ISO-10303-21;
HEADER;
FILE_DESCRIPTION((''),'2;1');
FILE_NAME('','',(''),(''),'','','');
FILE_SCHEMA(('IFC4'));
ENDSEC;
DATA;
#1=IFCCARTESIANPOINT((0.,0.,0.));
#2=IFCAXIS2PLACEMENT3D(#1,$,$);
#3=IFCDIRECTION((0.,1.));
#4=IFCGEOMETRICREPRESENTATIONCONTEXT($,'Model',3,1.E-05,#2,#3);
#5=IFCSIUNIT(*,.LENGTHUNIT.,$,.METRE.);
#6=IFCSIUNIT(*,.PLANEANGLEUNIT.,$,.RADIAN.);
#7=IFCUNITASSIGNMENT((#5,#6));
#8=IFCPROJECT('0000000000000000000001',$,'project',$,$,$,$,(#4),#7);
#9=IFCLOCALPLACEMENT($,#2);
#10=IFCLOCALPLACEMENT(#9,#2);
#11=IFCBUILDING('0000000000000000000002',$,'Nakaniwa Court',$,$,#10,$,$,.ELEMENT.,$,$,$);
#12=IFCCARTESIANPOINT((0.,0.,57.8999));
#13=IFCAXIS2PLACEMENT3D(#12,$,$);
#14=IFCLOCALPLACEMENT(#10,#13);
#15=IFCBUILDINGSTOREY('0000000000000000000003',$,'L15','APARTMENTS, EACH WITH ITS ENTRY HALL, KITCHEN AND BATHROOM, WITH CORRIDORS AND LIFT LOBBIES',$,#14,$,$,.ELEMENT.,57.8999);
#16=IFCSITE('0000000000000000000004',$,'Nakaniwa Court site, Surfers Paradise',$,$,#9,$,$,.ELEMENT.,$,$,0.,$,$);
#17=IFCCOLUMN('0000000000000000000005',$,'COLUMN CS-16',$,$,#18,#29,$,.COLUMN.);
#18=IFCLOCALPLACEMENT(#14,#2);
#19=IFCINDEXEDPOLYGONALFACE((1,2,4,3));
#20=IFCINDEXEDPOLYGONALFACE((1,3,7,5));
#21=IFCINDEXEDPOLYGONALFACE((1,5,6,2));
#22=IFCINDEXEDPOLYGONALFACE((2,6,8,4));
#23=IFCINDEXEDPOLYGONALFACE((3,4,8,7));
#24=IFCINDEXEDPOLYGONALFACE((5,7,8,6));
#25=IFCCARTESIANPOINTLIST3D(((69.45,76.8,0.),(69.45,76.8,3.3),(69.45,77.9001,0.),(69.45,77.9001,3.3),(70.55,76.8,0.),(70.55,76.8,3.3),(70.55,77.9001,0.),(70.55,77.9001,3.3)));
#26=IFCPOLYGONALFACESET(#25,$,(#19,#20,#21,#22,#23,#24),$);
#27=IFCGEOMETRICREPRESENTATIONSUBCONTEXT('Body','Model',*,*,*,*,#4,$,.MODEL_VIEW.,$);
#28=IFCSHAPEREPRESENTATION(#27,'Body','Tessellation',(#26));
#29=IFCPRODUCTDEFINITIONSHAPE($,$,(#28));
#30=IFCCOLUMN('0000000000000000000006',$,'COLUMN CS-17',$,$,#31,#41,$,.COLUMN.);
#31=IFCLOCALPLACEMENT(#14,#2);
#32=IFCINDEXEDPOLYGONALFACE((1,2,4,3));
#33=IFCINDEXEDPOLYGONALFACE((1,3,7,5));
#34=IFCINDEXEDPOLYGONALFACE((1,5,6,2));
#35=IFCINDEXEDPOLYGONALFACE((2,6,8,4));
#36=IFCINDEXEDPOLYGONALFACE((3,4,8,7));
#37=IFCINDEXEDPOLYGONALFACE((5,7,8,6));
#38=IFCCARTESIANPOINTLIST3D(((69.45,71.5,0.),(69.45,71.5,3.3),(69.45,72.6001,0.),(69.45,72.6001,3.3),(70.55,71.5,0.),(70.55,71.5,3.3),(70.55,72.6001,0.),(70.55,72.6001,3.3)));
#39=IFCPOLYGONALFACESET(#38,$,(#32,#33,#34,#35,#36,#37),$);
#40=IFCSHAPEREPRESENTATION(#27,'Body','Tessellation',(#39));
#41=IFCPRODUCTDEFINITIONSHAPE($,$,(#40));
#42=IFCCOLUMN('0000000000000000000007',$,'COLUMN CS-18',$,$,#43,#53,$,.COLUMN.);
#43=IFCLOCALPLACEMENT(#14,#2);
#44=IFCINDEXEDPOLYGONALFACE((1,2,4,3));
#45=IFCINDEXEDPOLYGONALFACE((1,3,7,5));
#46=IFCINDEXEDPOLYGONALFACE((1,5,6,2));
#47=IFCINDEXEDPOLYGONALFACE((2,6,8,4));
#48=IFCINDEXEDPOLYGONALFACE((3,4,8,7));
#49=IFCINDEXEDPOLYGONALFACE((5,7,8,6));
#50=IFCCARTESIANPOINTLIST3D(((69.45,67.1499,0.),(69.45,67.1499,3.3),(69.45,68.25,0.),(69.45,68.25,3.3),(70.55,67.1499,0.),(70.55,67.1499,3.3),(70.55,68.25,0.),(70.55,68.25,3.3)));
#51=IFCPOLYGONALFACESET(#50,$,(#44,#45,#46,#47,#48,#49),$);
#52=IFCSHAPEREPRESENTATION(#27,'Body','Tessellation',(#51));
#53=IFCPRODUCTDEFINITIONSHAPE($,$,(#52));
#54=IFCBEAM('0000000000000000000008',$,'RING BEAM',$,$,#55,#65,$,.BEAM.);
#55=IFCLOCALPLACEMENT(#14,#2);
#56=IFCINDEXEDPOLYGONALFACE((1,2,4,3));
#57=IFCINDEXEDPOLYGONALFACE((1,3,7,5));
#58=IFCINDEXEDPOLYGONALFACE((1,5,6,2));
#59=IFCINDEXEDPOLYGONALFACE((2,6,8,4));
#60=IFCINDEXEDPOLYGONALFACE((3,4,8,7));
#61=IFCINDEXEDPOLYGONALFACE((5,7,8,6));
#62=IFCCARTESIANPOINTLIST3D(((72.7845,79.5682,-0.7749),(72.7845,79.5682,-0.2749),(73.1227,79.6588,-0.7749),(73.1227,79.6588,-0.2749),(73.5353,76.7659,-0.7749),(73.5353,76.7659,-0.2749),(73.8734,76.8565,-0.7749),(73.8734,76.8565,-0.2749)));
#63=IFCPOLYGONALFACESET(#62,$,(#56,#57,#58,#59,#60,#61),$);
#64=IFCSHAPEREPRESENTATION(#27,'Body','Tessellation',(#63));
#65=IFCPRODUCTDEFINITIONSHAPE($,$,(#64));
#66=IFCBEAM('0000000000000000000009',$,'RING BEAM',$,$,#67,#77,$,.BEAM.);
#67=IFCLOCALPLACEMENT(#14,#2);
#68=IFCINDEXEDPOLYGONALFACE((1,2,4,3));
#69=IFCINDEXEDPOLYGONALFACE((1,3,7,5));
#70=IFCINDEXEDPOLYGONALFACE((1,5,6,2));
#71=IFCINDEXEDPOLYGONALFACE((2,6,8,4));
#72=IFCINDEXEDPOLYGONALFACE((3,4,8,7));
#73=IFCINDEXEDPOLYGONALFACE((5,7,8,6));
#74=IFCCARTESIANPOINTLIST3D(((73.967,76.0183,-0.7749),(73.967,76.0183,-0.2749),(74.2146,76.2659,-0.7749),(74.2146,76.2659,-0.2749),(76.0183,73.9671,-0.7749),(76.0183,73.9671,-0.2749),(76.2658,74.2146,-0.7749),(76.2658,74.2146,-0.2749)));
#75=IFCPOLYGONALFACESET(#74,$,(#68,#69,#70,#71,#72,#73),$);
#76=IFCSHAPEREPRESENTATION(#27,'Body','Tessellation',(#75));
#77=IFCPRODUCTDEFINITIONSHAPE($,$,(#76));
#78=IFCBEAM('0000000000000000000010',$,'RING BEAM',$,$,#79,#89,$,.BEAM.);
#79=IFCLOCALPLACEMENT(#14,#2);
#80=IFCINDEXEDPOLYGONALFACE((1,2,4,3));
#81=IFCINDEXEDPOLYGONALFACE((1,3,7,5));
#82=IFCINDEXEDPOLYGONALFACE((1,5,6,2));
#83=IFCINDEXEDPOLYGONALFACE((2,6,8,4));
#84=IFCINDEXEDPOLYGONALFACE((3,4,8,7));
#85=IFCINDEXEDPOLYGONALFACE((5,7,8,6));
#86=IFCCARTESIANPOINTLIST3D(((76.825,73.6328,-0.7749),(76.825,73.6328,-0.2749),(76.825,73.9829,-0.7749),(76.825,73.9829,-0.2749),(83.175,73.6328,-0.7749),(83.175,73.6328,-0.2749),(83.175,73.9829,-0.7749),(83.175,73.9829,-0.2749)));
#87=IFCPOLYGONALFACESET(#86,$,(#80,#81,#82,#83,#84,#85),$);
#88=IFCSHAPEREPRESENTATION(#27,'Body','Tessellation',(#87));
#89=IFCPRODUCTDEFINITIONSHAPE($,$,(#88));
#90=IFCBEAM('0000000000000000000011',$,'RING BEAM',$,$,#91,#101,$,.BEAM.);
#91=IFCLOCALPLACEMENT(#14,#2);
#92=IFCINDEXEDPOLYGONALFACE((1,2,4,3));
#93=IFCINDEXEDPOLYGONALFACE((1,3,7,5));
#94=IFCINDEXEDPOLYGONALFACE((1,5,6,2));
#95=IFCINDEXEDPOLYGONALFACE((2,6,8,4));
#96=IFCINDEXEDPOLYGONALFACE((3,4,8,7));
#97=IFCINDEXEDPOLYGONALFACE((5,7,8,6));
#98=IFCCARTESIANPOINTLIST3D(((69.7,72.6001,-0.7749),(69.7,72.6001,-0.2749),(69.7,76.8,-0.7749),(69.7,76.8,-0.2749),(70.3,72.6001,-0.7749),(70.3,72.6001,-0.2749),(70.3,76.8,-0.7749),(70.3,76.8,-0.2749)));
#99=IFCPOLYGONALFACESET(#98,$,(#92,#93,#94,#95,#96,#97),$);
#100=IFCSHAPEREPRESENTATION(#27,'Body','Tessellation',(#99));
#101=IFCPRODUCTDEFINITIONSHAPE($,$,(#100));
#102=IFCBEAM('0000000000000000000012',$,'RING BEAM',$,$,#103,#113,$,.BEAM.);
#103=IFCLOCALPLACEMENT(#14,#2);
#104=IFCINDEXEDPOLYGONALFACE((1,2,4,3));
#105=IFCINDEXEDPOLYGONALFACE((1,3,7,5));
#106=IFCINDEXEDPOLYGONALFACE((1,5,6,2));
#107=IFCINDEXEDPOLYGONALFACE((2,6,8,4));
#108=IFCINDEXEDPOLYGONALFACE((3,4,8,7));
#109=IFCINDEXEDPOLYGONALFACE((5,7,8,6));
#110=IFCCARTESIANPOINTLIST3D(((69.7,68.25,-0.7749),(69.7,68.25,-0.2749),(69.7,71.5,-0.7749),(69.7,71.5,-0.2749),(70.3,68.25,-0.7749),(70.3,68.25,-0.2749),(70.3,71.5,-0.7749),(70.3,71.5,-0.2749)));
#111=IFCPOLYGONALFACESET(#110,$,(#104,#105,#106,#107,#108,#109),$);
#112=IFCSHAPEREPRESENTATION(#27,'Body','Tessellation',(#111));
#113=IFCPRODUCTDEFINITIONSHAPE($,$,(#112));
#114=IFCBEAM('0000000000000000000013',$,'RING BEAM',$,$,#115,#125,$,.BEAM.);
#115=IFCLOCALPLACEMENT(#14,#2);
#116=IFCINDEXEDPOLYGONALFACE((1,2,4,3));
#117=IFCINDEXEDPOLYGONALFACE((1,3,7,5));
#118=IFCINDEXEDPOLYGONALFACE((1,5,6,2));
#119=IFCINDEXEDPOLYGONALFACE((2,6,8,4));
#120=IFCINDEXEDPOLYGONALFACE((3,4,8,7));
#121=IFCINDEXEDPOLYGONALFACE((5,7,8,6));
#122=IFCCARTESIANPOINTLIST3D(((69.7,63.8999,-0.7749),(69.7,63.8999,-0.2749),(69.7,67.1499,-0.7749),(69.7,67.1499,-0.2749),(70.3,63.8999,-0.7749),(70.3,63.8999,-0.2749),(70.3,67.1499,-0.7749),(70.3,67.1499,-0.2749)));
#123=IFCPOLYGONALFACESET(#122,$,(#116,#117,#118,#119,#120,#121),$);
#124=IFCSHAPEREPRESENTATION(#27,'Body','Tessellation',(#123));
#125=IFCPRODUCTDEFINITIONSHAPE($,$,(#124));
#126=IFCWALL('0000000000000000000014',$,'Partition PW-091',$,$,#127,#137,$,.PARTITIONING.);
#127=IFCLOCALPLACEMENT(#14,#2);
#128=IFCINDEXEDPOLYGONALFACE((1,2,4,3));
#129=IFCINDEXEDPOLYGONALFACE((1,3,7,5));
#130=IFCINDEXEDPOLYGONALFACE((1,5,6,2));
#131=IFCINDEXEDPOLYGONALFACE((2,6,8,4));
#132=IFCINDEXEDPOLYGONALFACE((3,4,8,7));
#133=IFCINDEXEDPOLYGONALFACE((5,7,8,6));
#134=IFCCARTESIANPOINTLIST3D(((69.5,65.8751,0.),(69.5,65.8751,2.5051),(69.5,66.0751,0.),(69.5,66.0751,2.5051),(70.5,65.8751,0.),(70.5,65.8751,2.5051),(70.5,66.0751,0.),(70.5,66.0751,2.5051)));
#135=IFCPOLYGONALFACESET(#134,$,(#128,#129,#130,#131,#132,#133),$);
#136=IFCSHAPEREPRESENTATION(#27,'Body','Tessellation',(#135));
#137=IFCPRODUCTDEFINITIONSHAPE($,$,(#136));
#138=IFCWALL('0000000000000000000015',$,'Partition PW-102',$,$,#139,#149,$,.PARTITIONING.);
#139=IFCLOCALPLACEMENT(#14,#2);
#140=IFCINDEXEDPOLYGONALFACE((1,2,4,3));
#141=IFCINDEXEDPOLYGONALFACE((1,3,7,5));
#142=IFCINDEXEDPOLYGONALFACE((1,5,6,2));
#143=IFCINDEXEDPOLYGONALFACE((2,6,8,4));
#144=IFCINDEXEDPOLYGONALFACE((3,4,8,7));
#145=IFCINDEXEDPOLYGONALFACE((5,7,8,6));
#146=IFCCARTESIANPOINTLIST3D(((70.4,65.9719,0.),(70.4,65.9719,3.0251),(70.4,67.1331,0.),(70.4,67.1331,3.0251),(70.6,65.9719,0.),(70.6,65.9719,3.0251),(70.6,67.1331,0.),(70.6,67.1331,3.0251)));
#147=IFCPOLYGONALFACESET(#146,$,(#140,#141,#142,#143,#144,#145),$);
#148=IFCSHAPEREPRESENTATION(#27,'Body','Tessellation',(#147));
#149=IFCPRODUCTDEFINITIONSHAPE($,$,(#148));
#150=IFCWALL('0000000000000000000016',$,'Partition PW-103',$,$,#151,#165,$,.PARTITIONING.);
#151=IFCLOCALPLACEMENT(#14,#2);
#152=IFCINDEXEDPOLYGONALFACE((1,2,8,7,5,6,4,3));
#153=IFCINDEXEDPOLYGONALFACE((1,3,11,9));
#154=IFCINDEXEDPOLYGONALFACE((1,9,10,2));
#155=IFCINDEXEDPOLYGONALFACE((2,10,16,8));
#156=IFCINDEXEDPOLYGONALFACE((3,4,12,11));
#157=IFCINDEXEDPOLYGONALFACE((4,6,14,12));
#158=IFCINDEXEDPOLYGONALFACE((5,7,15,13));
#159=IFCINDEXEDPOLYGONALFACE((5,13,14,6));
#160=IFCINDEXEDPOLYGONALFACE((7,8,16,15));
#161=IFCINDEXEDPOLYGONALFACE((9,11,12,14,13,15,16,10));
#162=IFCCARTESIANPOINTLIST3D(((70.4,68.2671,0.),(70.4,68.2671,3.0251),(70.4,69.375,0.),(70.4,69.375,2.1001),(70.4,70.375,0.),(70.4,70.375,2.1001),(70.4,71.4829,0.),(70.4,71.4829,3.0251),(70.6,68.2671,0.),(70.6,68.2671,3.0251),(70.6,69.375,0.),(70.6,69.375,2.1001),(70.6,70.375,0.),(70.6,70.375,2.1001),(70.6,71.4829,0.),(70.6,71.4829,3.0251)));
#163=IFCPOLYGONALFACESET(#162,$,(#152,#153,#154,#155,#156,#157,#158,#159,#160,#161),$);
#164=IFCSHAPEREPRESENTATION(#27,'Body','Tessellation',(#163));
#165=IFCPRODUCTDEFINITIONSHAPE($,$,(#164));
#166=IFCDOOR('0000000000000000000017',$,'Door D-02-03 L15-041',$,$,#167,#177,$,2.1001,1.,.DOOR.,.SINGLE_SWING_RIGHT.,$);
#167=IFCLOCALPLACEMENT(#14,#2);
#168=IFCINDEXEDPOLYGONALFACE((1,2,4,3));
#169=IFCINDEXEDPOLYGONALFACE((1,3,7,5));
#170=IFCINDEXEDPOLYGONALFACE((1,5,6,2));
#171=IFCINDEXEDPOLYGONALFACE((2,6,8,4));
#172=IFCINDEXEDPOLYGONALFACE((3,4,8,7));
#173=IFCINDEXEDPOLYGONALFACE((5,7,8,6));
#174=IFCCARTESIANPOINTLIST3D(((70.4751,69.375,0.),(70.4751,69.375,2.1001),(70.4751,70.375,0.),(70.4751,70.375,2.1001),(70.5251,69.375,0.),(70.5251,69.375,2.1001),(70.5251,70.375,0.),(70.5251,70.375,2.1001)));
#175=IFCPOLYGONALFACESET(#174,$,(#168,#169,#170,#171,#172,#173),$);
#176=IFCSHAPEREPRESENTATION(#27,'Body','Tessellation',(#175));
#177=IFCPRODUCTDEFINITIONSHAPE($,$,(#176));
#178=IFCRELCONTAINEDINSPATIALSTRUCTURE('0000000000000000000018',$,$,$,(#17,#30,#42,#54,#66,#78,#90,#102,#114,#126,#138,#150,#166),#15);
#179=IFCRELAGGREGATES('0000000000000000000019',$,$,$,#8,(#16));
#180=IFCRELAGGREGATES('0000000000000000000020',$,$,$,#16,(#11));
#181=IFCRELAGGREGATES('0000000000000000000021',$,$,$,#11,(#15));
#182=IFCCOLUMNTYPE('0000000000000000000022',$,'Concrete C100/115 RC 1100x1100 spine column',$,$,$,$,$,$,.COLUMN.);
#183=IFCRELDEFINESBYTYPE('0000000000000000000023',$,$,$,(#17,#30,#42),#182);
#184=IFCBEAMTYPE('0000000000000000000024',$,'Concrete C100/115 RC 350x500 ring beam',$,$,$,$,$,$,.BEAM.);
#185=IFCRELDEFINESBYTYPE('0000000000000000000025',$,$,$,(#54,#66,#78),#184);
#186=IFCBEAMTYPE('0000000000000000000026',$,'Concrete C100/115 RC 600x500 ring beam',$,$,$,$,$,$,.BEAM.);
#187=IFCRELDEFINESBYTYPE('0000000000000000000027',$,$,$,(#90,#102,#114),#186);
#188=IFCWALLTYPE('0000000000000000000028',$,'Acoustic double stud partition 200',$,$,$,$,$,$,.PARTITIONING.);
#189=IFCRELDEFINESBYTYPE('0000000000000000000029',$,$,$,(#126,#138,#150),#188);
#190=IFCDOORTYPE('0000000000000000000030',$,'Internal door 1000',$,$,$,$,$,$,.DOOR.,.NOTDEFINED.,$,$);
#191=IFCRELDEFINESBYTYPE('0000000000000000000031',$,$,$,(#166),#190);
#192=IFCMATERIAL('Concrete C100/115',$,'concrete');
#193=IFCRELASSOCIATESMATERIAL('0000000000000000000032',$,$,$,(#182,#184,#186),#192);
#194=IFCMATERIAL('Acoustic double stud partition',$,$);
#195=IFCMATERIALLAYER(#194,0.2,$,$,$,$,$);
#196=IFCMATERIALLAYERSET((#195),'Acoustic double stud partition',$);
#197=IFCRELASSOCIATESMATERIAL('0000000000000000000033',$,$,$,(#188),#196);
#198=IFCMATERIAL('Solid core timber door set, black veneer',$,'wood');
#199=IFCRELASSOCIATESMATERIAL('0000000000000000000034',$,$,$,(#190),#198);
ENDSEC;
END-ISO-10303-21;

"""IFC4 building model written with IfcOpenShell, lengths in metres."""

from ifc_helpers import new_model, si_unit, direction, frame, frame_2d, origin, origin_2d, place, context, subcontext, project, spatial, rectangle, extrude, material, layer, layer_set, material_profile, profile_set, type_object, element, fill, save


model = new_model("IFC4")

# Units and contexts
model_context = context("Model", 3, precision=1e-05, world=origin(), true_north=direction((0.0, 1.0)))
body_context = subcontext(model_context, "Body", "Model", "MODEL_VIEW")
ifc_project = project(units=[si_unit("LENGTHUNIT", "METRE"), si_unit("PLANEANGLEUNIT", "RADIAN")], contexts=[model_context])

# Site, building, storey
site_placement = place(None, origin())
site = spatial("IfcSite", under=ifc_project, at=site_placement, Name="Nakaniwa Court site, Surfers Paradise", CompositionType="ELEMENT", RefElevation=0.0)
building_placement = place(site_placement, origin())
building = spatial("IfcBuilding", under=site, at=building_placement, Name="Nakaniwa Court", CompositionType="ELEMENT")
storey_placement = place(building_placement, frame((0.0, 0.0, 57.8999)))
storey = spatial("IfcBuildingStorey", under=building, at=storey_placement, Name="L15", Description="APARTMENTS, EACH WITH ITS ENTRY HALL, KITCHEN AND BATHROOM, WITH CORRIDORS AND LIFT LOBBIES", CompositionType="ELEMENT", Elevation=57.8999)

# Columns
ifc_material_1 = material(Name="Concrete C100/115", Category="concrete")
ifc_material_profile_1 = material_profile(ifc_material_1, rectangle(XDim=1.1001, YDim=1.1001, at=origin_2d()), Name="Concrete C100/115 RC 1100x1100 spine column")
ifc_profile_set_1 = profile_set([ifc_material_profile_1], Name="Concrete C100/115")
column_type_1 = type_object("IfcColumnType", Name="Concrete C100/115 RC 1100x1100 spine column", PredefinedType="COLUMN", material=ifc_profile_set_1)
for number, where, z_axis, x_axis, name in (
    (1, (70.0, 77.3501, 0.0), (0.0, 0.0, 1.0), (0.0, -1.0, 0.0), "COLUMN CS-16"),
    (2, (70.0, 72.05, 0.0), (0.0, 0.0, 1.0), (0.0, -1.0, 0.0), "COLUMN CS-17"),
    (3, (70.0, 67.7, 0.0), (0.0, 0.0, 1.0), (0.0, -1.0, 0.0), "COLUMN CS-18"),
):
    element("IfcColumn", number, at=place(storey_placement, frame(where, z_axis=z_axis, x_axis=x_axis)), inside=storey, type_object=column_type_1, Name=name, PredefinedType="COLUMN", context=body_context, shape_type="SweptSolid", body=[
        extrude(rectangle(XDim=1.1001, YDim=1.1001, at=origin_2d()), origin(), (0.0, 0.0, 1.0), 3.3),
    ])

# Beams
ifc_material_profile_2 = material_profile(ifc_material_1, rectangle(XDim=0.3501, YDim=0.5, at=origin_2d()), Name="Concrete C100/115 RC 350x500 ring beam")
ifc_profile_set_2 = profile_set([ifc_material_profile_2], Name="Concrete C100/115")
beam_type_1 = type_object("IfcBeamType", Name="Concrete C100/115 RC 350x500 ring beam", PredefinedType="BEAM", material=ifc_profile_set_2)
beam_1_placement = place(storey_placement, frame((72.9536, 79.6135, -0.5249), z_axis=(0.258778, -0.965937, 0.0), x_axis=(0.965937, 0.258778, 0.0)))
element("IfcBeam", 4, at=beam_1_placement, inside=storey, type_object=beam_type_1, Name="RING BEAM", PredefinedType="BEAM", context=body_context, shape_type="SweptSolid", body=[
    extrude(rectangle(XDim=0.3501, YDim=0.5, at=origin_2d()), origin(), (0.0, 0.0, 1.0), 2.9011),
])
beam_2_placement = place(storey_placement, frame((74.0908, 76.1421, -0.5249), z_axis=(0.707107, -0.707107, 0.0), x_axis=(0.707107, 0.707107, 0.0)))
element("IfcBeam", 5, at=beam_2_placement, inside=storey, type_object=beam_type_1, Name="RING BEAM", PredefinedType="BEAM", context=body_context, shape_type="SweptSolid", body=[
    extrude(rectangle(XDim=0.3501, YDim=0.5, at=origin_2d()), origin(), (0.0, 0.0, 1.0), 2.9009),
])
beam_3_placement = place(storey_placement, frame((76.825, 73.8079, -0.5249), z_axis=(1.0, 0.0, 0.0), x_axis=(0.0, 1.0, 0.0)))
element("IfcBeam", 6, at=beam_3_placement, inside=storey, type_object=beam_type_1, Name="RING BEAM", PredefinedType="BEAM", context=body_context, shape_type="SweptSolid", body=[
    extrude(rectangle(XDim=0.3501, YDim=0.5, at=origin_2d()), origin(), (0.0, 0.0, 1.0), 6.3501),
])
ifc_material_profile_3 = material_profile(ifc_material_1, rectangle(XDim=0.6001, YDim=0.5, at=origin_2d()), Name="Concrete C100/115 RC 600x500 ring beam")
ifc_profile_set_3 = profile_set([ifc_material_profile_3], Name="Concrete C100/115")
beam_type_2 = type_object("IfcBeamType", Name="Concrete C100/115 RC 600x500 ring beam", PredefinedType="BEAM", material=ifc_profile_set_3)
beam_4_placement = place(storey_placement, frame((70.0, 76.8, -0.5249), z_axis=(0.0, -1.0, 0.0), x_axis=(1.0, 0.0, 0.0)))
element("IfcBeam", 7, at=beam_4_placement, inside=storey, type_object=beam_type_2, Name="RING BEAM", PredefinedType="BEAM", context=body_context, shape_type="SweptSolid", body=[
    extrude(rectangle(XDim=0.6001, YDim=0.5, at=origin_2d()), origin(), (0.0, 0.0, 1.0), 4.2),
])
for number, where, z_axis, x_axis, name in (
    (8, (70.0, 71.5, -0.5249), (0.0, -1.0, 0.0), (1.0, 0.0, 0.0), "RING BEAM"),
    (9, (70.0, 67.1499, -0.5249), (0.0, -1.0, 0.0), (1.0, 0.0, 0.0), "RING BEAM"),
):
    element("IfcBeam", number, at=place(storey_placement, frame(where, z_axis=z_axis, x_axis=x_axis)), inside=storey, type_object=beam_type_2, Name=name, PredefinedType="BEAM", context=body_context, shape_type="SweptSolid", body=[
        extrude(rectangle(XDim=0.6001, YDim=0.5, at=origin_2d()), origin(), (0.0, 0.0, 1.0), 3.25),
    ])

# Walls
ifc_material_2 = material(Name="Acoustic double stud partition")
ifc_layer_1 = layer(ifc_material_2, 0.2)
ifc_layer_set_1 = layer_set([ifc_layer_1], Name="Acoustic double stud partition")
wall_type_1 = type_object("IfcWallType", Name="Acoustic double stud partition 200", PredefinedType="PARTITIONING", material=ifc_layer_set_1)
wall_1_placement = place(storey_placement, frame((69.5, 65.9751, 0.0), z_axis=(0.0, 0.0, 1.0), x_axis=(1.0, 0.0, 0.0)))
element("IfcWall", 10, at=wall_1_placement, inside=storey, type_object=wall_type_1, Name="Partition PW-091", PredefinedType="PARTITIONING", context=body_context, shape_type="SweptSolid", body=[
    extrude(rectangle(XDim=1.0, YDim=0.2, at=frame_2d((0.5, 0.0))), origin(), (0.0, 0.0, 1.0), 2.5051),
])
wall_2_placement = place(storey_placement, frame((70.5, 65.9719, 0.0), z_axis=(0.0, 0.0, 1.0), x_axis=(0.0, 1.0, 0.0)))
element("IfcWall", 11, at=wall_2_placement, inside=storey, type_object=wall_type_1, Name="Partition PW-102", PredefinedType="PARTITIONING", context=body_context, shape_type="SweptSolid", body=[
    extrude(rectangle(XDim=1.1611, YDim=0.2, at=frame_2d((0.5806, 0.0))), origin(), (0.0, 0.0, 1.0), 3.0251),
])

# Wall, opening, door
wall_3_placement = place(storey_placement, frame((70.5, 68.2671, 0.0), z_axis=(0.0, 0.0, 1.0), x_axis=(0.0, 1.0, 0.0)))
wall_3 = element("IfcWall", 12, at=wall_3_placement, inside=storey, type_object=wall_type_1, Name="Partition PW-103", PredefinedType="PARTITIONING", context=body_context, shape_type="SweptSolid", body=[
    extrude(rectangle(XDim=3.2158, YDim=0.2, at=frame_2d((1.6079, 0.0))), origin(), (0.0, 0.0, 1.0), 3.0251),
])
opening_1_placement = place(wall_3_placement, frame((1.1079, 0.0, 0.0)))
opening_1 = element("IfcOpeningElement", 13, at=opening_1_placement, cuts=wall_3, PredefinedType="OPENING", context=body_context, shape_type="SweptSolid", body=[
    extrude(rectangle(XDim=1.0, YDim=2.1001, at=frame_2d((0.5, 1.05))), frame((0.0, 0.1099, 0.0), z_axis=(0.0, -1.0, 0.0), x_axis=(1.0, 0.0, 0.0)), (0.0, 0.0, 1.0), 0.22),
])
ifc_material_3 = material(Name="Solid core timber door set, black veneer", Category="wood")
door_type_1 = type_object("IfcDoorType", Name="Internal door 1000", OperationType="NOTDEFINED", PredefinedType="DOOR", material=ifc_material_3)
door_1_placement = place(opening_1_placement, origin())
door_1 = element("IfcDoor", 14, at=door_1_placement, inside=storey, type_object=door_type_1, Name="Door D-02-03 L15-041", OperationType="SINGLE_SWING_RIGHT", OverallHeight=2.1001, OverallWidth=1.0, PredefinedType="DOOR", context=body_context, shape_type="SweptSolid", body=[
    extrude(rectangle(XDim=1.0, YDim=2.1001, at=frame_2d((0.5, 1.05))), frame((0.0, 0.0249, 0.0), z_axis=(0.0, -1.0, 0.0), x_axis=(1.0, 0.0, 0.0)), (0.0, 0.0, 1.0), 0.05),
])
fill(opening_1, door_1)

save(model, "model.ifc")
